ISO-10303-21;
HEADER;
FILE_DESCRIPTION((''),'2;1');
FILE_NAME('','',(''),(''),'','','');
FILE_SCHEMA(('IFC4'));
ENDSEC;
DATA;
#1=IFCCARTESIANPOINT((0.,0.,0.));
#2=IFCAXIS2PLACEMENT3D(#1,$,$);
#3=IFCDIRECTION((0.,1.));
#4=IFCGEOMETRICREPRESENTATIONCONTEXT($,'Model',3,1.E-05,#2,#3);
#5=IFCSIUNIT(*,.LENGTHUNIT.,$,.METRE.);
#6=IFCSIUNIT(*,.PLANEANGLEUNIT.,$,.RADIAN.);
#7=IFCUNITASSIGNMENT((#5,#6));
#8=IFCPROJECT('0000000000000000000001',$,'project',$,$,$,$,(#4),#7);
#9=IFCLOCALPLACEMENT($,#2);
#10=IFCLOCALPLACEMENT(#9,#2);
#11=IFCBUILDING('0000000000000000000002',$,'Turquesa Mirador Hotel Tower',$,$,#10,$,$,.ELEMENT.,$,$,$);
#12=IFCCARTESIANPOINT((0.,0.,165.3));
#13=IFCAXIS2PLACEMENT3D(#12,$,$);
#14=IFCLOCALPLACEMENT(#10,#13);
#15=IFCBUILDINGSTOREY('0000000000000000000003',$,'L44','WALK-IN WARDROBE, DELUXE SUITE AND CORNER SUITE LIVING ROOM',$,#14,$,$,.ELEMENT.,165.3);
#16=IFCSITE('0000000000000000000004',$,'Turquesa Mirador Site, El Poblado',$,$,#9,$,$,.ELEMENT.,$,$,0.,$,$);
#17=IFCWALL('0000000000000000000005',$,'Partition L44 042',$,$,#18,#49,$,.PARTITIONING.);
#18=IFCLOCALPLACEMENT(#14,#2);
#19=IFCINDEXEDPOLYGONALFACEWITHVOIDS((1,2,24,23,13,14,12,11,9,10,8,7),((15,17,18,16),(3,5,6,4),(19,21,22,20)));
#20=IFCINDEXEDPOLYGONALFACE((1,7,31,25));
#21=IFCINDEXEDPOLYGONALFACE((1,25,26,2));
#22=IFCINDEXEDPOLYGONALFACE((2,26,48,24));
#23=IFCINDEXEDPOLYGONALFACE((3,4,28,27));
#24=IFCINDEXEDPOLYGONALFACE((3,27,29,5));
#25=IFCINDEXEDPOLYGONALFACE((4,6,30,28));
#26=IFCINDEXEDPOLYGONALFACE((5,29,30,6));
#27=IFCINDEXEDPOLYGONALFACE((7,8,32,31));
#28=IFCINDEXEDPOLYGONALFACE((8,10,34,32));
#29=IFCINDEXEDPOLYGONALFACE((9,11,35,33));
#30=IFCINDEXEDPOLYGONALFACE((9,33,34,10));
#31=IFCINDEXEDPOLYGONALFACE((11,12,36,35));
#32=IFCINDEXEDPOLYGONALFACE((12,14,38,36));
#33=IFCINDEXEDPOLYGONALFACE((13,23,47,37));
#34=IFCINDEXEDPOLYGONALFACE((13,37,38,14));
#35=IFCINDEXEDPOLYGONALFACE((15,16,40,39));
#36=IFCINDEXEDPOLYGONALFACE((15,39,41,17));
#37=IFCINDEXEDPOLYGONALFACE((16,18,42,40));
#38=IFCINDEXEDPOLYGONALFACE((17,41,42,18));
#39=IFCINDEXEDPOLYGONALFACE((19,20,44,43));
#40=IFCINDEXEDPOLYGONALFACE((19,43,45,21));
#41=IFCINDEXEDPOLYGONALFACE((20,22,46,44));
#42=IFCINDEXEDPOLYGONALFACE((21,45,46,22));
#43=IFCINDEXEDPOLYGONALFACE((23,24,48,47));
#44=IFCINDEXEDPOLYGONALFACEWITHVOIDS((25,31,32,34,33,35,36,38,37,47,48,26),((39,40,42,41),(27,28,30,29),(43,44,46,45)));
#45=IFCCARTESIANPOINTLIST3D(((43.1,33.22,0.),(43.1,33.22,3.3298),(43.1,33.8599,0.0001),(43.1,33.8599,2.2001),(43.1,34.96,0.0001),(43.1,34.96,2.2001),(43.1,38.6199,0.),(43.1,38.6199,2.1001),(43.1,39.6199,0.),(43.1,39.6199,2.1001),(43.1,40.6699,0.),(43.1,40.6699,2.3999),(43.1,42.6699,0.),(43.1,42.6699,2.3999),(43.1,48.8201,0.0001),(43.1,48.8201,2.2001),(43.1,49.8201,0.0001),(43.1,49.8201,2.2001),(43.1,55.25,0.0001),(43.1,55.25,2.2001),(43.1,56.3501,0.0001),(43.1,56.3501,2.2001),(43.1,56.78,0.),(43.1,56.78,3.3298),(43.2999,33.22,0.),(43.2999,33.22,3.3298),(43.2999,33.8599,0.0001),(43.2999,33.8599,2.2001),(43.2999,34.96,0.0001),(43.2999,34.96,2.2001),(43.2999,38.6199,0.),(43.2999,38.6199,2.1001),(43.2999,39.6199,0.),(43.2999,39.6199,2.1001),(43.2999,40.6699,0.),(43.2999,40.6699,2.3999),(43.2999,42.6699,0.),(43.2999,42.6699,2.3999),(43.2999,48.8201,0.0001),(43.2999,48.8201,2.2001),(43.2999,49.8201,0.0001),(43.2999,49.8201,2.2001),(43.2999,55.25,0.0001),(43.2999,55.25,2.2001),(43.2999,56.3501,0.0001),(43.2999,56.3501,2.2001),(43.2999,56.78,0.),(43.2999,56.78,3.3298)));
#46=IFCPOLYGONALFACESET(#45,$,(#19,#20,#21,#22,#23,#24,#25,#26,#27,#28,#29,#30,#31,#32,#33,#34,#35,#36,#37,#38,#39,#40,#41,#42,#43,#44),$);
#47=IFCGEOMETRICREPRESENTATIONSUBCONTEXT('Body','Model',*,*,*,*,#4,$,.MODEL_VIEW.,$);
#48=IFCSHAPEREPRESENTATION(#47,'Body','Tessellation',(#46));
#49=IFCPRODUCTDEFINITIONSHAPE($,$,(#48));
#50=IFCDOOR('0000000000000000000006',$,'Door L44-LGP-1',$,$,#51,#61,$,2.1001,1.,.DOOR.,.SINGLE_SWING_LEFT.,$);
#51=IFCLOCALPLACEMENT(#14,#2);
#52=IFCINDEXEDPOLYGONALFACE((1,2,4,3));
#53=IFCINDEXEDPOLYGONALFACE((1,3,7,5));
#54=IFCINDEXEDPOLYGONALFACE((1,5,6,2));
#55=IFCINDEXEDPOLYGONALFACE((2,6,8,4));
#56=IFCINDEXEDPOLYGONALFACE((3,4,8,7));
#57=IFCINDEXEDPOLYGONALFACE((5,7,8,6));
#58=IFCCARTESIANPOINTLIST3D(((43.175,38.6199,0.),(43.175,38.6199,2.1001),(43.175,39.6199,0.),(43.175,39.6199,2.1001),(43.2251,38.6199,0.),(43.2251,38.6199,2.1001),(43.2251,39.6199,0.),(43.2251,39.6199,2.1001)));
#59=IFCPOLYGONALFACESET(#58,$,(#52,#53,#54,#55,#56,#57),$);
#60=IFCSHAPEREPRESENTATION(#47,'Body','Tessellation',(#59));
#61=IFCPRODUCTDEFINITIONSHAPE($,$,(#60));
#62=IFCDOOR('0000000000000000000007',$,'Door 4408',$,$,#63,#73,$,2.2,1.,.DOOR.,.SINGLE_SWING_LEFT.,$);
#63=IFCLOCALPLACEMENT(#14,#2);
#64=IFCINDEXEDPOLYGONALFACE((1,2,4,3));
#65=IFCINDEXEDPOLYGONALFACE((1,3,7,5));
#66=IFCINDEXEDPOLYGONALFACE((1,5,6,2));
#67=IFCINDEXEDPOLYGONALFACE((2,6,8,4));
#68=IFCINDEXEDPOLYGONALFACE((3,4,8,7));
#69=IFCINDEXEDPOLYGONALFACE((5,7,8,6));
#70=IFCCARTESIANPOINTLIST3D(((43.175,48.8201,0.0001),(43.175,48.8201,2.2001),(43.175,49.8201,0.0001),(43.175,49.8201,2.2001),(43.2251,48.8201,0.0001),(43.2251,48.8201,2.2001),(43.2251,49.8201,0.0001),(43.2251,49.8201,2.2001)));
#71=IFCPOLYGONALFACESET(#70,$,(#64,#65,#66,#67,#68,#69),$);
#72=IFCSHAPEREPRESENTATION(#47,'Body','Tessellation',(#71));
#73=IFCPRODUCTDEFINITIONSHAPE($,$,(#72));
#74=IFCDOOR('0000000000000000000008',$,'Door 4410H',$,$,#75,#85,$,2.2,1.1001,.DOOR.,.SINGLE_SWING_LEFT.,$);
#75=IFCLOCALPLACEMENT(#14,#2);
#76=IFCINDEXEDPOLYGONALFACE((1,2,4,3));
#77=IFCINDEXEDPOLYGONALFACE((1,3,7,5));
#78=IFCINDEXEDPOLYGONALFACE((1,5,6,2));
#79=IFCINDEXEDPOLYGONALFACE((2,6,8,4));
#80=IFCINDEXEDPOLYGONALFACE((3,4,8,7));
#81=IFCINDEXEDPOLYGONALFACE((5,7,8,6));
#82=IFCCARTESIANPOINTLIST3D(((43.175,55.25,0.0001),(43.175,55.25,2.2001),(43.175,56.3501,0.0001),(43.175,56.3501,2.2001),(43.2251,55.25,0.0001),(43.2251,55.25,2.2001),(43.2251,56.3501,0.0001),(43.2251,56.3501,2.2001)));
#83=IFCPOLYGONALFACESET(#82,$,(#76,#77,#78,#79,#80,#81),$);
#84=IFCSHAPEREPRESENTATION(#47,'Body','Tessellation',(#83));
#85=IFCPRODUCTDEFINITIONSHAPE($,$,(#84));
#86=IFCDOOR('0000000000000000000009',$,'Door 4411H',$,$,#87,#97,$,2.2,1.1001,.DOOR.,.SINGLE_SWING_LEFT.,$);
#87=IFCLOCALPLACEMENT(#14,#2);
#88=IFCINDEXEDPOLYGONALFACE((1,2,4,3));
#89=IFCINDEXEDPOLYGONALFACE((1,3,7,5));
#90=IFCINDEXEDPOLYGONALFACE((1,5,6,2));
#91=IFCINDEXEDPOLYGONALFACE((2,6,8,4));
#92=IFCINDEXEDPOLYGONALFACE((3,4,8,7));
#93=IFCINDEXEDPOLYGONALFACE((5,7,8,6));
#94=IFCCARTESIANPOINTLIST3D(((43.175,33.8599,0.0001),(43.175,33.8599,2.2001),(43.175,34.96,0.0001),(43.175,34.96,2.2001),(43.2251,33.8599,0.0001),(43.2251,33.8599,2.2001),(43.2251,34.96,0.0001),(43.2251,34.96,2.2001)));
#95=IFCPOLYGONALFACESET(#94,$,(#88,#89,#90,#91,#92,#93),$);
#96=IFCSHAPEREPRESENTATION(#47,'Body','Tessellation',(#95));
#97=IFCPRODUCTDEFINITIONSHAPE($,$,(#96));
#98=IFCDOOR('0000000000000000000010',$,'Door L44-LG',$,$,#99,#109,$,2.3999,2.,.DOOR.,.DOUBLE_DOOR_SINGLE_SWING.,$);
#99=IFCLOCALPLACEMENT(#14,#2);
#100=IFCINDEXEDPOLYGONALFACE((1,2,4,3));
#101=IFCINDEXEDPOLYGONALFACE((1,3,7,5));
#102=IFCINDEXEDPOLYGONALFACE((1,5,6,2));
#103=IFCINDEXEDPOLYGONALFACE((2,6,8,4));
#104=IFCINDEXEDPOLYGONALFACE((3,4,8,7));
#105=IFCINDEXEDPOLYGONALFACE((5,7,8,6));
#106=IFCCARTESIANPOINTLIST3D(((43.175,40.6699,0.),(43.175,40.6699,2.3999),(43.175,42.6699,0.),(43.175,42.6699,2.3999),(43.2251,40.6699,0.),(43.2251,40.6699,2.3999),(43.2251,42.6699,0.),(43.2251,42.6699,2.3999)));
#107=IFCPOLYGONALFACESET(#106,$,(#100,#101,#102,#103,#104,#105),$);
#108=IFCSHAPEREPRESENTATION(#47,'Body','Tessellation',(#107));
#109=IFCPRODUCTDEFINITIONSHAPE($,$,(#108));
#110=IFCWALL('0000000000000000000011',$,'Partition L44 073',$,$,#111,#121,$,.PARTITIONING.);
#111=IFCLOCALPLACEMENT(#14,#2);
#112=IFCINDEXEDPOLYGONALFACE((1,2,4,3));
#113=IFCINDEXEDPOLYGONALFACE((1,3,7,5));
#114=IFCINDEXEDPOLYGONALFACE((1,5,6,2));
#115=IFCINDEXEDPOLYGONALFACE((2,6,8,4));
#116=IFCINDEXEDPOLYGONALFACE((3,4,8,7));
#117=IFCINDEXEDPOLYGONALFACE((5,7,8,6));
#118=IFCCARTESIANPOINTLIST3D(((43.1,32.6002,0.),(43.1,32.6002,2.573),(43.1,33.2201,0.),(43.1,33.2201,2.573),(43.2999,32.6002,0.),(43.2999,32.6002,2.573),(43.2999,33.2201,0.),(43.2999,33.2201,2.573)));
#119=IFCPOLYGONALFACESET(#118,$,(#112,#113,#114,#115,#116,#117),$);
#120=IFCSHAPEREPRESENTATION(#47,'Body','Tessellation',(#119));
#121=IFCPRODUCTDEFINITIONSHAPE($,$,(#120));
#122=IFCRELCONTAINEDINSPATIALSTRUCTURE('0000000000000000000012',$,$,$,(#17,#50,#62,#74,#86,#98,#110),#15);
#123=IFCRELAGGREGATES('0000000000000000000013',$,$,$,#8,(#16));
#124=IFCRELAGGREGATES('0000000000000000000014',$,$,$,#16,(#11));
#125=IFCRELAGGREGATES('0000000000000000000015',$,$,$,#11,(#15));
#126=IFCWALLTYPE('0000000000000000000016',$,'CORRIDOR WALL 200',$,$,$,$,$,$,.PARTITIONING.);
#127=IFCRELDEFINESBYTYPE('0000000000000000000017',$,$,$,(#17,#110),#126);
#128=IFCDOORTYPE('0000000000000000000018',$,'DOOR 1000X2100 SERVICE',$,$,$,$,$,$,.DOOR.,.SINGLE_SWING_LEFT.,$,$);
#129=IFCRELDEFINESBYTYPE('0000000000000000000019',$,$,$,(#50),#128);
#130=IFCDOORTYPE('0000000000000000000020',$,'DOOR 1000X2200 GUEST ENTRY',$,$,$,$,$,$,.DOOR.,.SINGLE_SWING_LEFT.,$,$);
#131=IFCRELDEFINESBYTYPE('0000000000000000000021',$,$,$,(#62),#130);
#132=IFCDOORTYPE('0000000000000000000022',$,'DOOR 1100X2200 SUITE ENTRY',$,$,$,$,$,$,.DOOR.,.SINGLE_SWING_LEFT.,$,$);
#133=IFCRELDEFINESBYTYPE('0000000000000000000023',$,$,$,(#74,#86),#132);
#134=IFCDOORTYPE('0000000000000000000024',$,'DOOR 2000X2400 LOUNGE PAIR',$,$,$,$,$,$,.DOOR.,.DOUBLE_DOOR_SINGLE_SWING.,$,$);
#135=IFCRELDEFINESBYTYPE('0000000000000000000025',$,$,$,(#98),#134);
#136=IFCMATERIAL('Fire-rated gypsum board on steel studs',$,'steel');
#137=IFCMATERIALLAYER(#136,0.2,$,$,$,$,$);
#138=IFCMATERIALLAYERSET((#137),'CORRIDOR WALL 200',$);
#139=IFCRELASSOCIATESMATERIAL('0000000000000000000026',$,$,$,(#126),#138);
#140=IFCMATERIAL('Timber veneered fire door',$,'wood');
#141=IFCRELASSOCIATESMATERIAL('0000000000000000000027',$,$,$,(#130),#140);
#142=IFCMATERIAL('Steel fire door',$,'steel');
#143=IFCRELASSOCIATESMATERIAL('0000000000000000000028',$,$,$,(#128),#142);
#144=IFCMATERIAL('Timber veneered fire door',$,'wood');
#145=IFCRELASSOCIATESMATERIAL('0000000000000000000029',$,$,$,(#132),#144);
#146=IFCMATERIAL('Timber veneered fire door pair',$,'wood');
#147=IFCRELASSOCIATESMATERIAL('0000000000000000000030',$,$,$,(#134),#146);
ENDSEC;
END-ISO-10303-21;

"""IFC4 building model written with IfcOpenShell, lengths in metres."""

from ifc_helpers import new_model, si_unit, direction, frame, frame_2d, origin, place, context, subcontext, project, spatial, rectangle, extrude, material, layer, layer_set, type_object, element, fill, save


model = new_model("IFC4")

# Units and contexts
model_context = context("Model", 3, precision=1e-05, world=origin(), true_north=direction((0.0, 1.0)))
body_context = subcontext(model_context, "Body", "Model", "MODEL_VIEW")
ifc_project = project(units=[si_unit("LENGTHUNIT", "METRE"), si_unit("PLANEANGLEUNIT", "RADIAN")], contexts=[model_context])

# Site, building, storey
site_placement = place(None, origin())
site = spatial("IfcSite", under=ifc_project, at=site_placement, Name="Turquesa Mirador Site, El Poblado", CompositionType="ELEMENT", RefElevation=0.0)
building_placement = place(site_placement, origin())
building = spatial("IfcBuilding", under=site, at=building_placement, Name="Turquesa Mirador Hotel Tower", CompositionType="ELEMENT")
storey_placement = place(building_placement, frame((0.0, 0.0, 165.3)))
storey = spatial("IfcBuildingStorey", under=building, at=storey_placement, Name="L44", Description="WALK-IN WARDROBE, DELUXE SUITE AND CORNER SUITE LIVING ROOM", CompositionType="ELEMENT", Elevation=165.3)

# Wall, openings, doors
ifc_material_1 = material(Name="Fire-rated gypsum board on steel studs", Category="steel")
ifc_layer_1 = layer(ifc_material_1, 0.2)
ifc_layer_set_1 = layer_set([ifc_layer_1], Name="CORRIDOR WALL 200")
wall_type_1 = type_object("IfcWallType", Name="CORRIDOR WALL 200", PredefinedType="PARTITIONING", material=ifc_layer_set_1)
ifc_material_2 = material(Name="Timber veneered fire door", Category="wood")
door_type_1 = type_object("IfcDoorType", Name="DOOR 1000X2200 GUEST ENTRY", OperationType="SINGLE_SWING_LEFT", PredefinedType="DOOR", material=ifc_material_2)
wall_1_placement = place(storey_placement, frame((43.2, 33.22, 0.0), z_axis=(0.0, 0.0, 1.0), x_axis=(0.0, 1.0, 0.0)))
wall_1 = element("IfcWall", 1, at=wall_1_placement, inside=storey, type_object=wall_type_1, Name="Partition L44 042", PredefinedType="PARTITIONING", context=body_context, shape_type="SweptSolid", body=[
    extrude(rectangle(XDim=23.5601, YDim=0.2, at=frame_2d((11.78, 0.0))), origin(), (0.0, 0.0, 1.0), 3.3298),
])
opening_1_placement = place(wall_1_placement, frame((15.6001, 0.0, 0.0)))
opening_1 = element("IfcOpeningElement", 2, at=opening_1_placement, cuts=wall_1, PredefinedType="OPENING", context=body_context, shape_type="SweptSolid", body=[
    extrude(rectangle(XDim=1.0, YDim=2.2, at=frame_2d((0.5, 1.1001))), frame((0.0, 0.1099, 0.0), z_axis=(0.0, -1.0, 0.0), x_axis=(1.0, 0.0, 0.0)), (0.0, 0.0, 1.0), 0.22),
])
opening_2_placement = place(wall_1_placement, frame((22.03, 0.0, 0.0)))
opening_2 = element("IfcOpeningElement", 3, at=opening_2_placement, cuts=wall_1, PredefinedType="OPENING", context=body_context, shape_type="SweptSolid", body=[
    extrude(rectangle(XDim=1.1001, YDim=2.2, at=frame_2d((0.55, 1.1001))), frame((0.0, 0.1099, 0.0), z_axis=(0.0, -1.0, 0.0), x_axis=(1.0, 0.0, 0.0)), (0.0, 0.0, 1.0), 0.22),
])
opening_3_placement = place(wall_1_placement, frame((0.6399, 0.0, 0.0)))
opening_3 = element("IfcOpeningElement", 4, at=opening_3_placement, cuts=wall_1, PredefinedType="OPENING", context=body_context, shape_type="SweptSolid", body=[
    extrude(rectangle(XDim=1.1001, YDim=2.2, at=frame_2d((0.55, 1.1001))), frame((0.0, 0.1099, 0.0), z_axis=(0.0, -1.0, 0.0), x_axis=(1.0, 0.0, 0.0)), (0.0, 0.0, 1.0), 0.22),
])
opening_4_placement = place(wall_1_placement, frame((7.45, 0.0, 0.0)))
opening_4 = element("IfcOpeningElement", 5, at=opening_4_placement, cuts=wall_1, PredefinedType="OPENING", context=body_context, shape_type="SweptSolid", body=[
    extrude(rectangle(XDim=2.0, YDim=2.3999, at=frame_2d((1.0, 1.2))), frame((0.0, 0.1099, 0.0), z_axis=(0.0, -1.0, 0.0), x_axis=(1.0, 0.0, 0.0)), (0.0, 0.0, 1.0), 0.22),
])
opening_5_placement = place(wall_1_placement, frame((5.3999, 0.0, 0.0)))
opening_5 = element("IfcOpeningElement", 6, at=opening_5_placement, cuts=wall_1, PredefinedType="OPENING", context=body_context, shape_type="SweptSolid", body=[
    extrude(rectangle(XDim=1.0, YDim=2.1001, at=frame_2d((0.5, 1.05))), frame((0.0, 0.1099, 0.0), z_axis=(0.0, -1.0, 0.0), x_axis=(1.0, 0.0, 0.0)), (0.0, 0.0, 1.0), 0.22),
])
ifc_material_3 = material(Name="Steel fire door", Category="steel")
door_type_2 = type_object("IfcDoorType", Name="DOOR 1000X2100 SERVICE", OperationType="SINGLE_SWING_LEFT", PredefinedType="DOOR", material=ifc_material_3)
door_1_placement = place(opening_5_placement, origin())
door_1 = element("IfcDoor", 7, at=door_1_placement, inside=storey, type_object=door_type_2, Name="Door L44-LGP-1", OperationType="SINGLE_SWING_LEFT", OverallHeight=2.1001, OverallWidth=1.0, PredefinedType="DOOR", context=body_context, shape_type="SweptSolid", body=[
    extrude(rectangle(XDim=1.0, YDim=2.1001, at=frame_2d((0.5, 1.05))), frame((0.0, 0.0249, 0.0), z_axis=(0.0, -1.0, 0.0), x_axis=(1.0, 0.0, 0.0)), (0.0, 0.0, 1.0), 0.05),
])
fill(opening_5, door_1)
door_2_placement = place(opening_1_placement, origin())
door_2 = element("IfcDoor", 8, at=door_2_placement, inside=storey, type_object=door_type_1, Name="Door 4408", OperationType="SINGLE_SWING_LEFT", OverallHeight=2.2, OverallWidth=1.0, PredefinedType="DOOR", context=body_context, shape_type="SweptSolid", body=[
    extrude(rectangle(XDim=1.0, YDim=2.2, at=frame_2d((0.5, 1.1001))), frame((0.0, 0.0249, 0.0), z_axis=(0.0, -1.0, 0.0), x_axis=(1.0, 0.0, 0.0)), (0.0, 0.0, 1.0), 0.05),
])
fill(opening_1, door_2)
ifc_material_4 = material(Name="Timber veneered fire door", Category="wood")
door_type_3 = type_object("IfcDoorType", Name="DOOR 1100X2200 SUITE ENTRY", OperationType="SINGLE_SWING_LEFT", PredefinedType="DOOR", material=ifc_material_4)
door_3_placement = place(opening_2_placement, origin())
door_3 = element("IfcDoor", 9, at=door_3_placement, inside=storey, type_object=door_type_3, Name="Door 4410H", OperationType="SINGLE_SWING_LEFT", OverallHeight=2.2, OverallWidth=1.1001, PredefinedType="DOOR", context=body_context, shape_type="SweptSolid", body=[
    extrude(rectangle(XDim=1.1001, YDim=2.2, at=frame_2d((0.55, 1.1001))), frame((0.0, 0.0249, 0.0), z_axis=(0.0, -1.0, 0.0), x_axis=(1.0, 0.0, 0.0)), (0.0, 0.0, 1.0), 0.05),
])
fill(opening_2, door_3)
door_4_placement = place(opening_3_placement, origin())
door_4 = element("IfcDoor", 10, at=door_4_placement, inside=storey, type_object=door_type_3, Name="Door 4411H", OperationType="SINGLE_SWING_LEFT", OverallHeight=2.2, OverallWidth=1.1001, PredefinedType="DOOR", context=body_context, shape_type="SweptSolid", body=[
    extrude(rectangle(XDim=1.1001, YDim=2.2, at=frame_2d((0.55, 1.1001))), frame((0.0, 0.0249, 0.0), z_axis=(0.0, -1.0, 0.0), x_axis=(1.0, 0.0, 0.0)), (0.0, 0.0, 1.0), 0.05),
])
fill(opening_3, door_4)
ifc_material_5 = material(Name="Timber veneered fire door pair", Category="wood")
door_type_4 = type_object("IfcDoorType", Name="DOOR 2000X2400 LOUNGE PAIR", OperationType="DOUBLE_DOOR_SINGLE_SWING", PredefinedType="DOOR", material=ifc_material_5)
door_5_placement = place(opening_4_placement, origin())
door_5 = element("IfcDoor", 11, at=door_5_placement, inside=storey, type_object=door_type_4, Name="Door L44-LG", OperationType="DOUBLE_DOOR_SINGLE_SWING", OverallHeight=2.3999, OverallWidth=2.0, PredefinedType="DOOR", context=body_context, shape_type="SweptSolid", body=[
    extrude(rectangle(XDim=2.0, YDim=2.3999, at=frame_2d((1.0, 1.2))), frame((0.0, 0.0249, 0.0), z_axis=(0.0, -1.0, 0.0), x_axis=(1.0, 0.0, 0.0)), (0.0, 0.0, 1.0), 0.05),
])
fill(opening_4, door_5)

# Wall
wall_2_placement = place(storey_placement, frame((43.2, 32.6001, 0.0), z_axis=(0.0, 0.0, 1.0), x_axis=(0.0, 1.0, 0.0)))
element("IfcWall", 12, at=wall_2_placement, inside=storey, type_object=wall_type_1, Name="Partition L44 073", PredefinedType="PARTITIONING", context=body_context, shape_type="SweptSolid", body=[
    extrude(rectangle(XDim=0.6199, YDim=0.2, at=frame_2d((0.3101, 0.0))), origin(), (0.0, 0.0, 1.0), 2.573),
])

save(model, "model.ifc")
